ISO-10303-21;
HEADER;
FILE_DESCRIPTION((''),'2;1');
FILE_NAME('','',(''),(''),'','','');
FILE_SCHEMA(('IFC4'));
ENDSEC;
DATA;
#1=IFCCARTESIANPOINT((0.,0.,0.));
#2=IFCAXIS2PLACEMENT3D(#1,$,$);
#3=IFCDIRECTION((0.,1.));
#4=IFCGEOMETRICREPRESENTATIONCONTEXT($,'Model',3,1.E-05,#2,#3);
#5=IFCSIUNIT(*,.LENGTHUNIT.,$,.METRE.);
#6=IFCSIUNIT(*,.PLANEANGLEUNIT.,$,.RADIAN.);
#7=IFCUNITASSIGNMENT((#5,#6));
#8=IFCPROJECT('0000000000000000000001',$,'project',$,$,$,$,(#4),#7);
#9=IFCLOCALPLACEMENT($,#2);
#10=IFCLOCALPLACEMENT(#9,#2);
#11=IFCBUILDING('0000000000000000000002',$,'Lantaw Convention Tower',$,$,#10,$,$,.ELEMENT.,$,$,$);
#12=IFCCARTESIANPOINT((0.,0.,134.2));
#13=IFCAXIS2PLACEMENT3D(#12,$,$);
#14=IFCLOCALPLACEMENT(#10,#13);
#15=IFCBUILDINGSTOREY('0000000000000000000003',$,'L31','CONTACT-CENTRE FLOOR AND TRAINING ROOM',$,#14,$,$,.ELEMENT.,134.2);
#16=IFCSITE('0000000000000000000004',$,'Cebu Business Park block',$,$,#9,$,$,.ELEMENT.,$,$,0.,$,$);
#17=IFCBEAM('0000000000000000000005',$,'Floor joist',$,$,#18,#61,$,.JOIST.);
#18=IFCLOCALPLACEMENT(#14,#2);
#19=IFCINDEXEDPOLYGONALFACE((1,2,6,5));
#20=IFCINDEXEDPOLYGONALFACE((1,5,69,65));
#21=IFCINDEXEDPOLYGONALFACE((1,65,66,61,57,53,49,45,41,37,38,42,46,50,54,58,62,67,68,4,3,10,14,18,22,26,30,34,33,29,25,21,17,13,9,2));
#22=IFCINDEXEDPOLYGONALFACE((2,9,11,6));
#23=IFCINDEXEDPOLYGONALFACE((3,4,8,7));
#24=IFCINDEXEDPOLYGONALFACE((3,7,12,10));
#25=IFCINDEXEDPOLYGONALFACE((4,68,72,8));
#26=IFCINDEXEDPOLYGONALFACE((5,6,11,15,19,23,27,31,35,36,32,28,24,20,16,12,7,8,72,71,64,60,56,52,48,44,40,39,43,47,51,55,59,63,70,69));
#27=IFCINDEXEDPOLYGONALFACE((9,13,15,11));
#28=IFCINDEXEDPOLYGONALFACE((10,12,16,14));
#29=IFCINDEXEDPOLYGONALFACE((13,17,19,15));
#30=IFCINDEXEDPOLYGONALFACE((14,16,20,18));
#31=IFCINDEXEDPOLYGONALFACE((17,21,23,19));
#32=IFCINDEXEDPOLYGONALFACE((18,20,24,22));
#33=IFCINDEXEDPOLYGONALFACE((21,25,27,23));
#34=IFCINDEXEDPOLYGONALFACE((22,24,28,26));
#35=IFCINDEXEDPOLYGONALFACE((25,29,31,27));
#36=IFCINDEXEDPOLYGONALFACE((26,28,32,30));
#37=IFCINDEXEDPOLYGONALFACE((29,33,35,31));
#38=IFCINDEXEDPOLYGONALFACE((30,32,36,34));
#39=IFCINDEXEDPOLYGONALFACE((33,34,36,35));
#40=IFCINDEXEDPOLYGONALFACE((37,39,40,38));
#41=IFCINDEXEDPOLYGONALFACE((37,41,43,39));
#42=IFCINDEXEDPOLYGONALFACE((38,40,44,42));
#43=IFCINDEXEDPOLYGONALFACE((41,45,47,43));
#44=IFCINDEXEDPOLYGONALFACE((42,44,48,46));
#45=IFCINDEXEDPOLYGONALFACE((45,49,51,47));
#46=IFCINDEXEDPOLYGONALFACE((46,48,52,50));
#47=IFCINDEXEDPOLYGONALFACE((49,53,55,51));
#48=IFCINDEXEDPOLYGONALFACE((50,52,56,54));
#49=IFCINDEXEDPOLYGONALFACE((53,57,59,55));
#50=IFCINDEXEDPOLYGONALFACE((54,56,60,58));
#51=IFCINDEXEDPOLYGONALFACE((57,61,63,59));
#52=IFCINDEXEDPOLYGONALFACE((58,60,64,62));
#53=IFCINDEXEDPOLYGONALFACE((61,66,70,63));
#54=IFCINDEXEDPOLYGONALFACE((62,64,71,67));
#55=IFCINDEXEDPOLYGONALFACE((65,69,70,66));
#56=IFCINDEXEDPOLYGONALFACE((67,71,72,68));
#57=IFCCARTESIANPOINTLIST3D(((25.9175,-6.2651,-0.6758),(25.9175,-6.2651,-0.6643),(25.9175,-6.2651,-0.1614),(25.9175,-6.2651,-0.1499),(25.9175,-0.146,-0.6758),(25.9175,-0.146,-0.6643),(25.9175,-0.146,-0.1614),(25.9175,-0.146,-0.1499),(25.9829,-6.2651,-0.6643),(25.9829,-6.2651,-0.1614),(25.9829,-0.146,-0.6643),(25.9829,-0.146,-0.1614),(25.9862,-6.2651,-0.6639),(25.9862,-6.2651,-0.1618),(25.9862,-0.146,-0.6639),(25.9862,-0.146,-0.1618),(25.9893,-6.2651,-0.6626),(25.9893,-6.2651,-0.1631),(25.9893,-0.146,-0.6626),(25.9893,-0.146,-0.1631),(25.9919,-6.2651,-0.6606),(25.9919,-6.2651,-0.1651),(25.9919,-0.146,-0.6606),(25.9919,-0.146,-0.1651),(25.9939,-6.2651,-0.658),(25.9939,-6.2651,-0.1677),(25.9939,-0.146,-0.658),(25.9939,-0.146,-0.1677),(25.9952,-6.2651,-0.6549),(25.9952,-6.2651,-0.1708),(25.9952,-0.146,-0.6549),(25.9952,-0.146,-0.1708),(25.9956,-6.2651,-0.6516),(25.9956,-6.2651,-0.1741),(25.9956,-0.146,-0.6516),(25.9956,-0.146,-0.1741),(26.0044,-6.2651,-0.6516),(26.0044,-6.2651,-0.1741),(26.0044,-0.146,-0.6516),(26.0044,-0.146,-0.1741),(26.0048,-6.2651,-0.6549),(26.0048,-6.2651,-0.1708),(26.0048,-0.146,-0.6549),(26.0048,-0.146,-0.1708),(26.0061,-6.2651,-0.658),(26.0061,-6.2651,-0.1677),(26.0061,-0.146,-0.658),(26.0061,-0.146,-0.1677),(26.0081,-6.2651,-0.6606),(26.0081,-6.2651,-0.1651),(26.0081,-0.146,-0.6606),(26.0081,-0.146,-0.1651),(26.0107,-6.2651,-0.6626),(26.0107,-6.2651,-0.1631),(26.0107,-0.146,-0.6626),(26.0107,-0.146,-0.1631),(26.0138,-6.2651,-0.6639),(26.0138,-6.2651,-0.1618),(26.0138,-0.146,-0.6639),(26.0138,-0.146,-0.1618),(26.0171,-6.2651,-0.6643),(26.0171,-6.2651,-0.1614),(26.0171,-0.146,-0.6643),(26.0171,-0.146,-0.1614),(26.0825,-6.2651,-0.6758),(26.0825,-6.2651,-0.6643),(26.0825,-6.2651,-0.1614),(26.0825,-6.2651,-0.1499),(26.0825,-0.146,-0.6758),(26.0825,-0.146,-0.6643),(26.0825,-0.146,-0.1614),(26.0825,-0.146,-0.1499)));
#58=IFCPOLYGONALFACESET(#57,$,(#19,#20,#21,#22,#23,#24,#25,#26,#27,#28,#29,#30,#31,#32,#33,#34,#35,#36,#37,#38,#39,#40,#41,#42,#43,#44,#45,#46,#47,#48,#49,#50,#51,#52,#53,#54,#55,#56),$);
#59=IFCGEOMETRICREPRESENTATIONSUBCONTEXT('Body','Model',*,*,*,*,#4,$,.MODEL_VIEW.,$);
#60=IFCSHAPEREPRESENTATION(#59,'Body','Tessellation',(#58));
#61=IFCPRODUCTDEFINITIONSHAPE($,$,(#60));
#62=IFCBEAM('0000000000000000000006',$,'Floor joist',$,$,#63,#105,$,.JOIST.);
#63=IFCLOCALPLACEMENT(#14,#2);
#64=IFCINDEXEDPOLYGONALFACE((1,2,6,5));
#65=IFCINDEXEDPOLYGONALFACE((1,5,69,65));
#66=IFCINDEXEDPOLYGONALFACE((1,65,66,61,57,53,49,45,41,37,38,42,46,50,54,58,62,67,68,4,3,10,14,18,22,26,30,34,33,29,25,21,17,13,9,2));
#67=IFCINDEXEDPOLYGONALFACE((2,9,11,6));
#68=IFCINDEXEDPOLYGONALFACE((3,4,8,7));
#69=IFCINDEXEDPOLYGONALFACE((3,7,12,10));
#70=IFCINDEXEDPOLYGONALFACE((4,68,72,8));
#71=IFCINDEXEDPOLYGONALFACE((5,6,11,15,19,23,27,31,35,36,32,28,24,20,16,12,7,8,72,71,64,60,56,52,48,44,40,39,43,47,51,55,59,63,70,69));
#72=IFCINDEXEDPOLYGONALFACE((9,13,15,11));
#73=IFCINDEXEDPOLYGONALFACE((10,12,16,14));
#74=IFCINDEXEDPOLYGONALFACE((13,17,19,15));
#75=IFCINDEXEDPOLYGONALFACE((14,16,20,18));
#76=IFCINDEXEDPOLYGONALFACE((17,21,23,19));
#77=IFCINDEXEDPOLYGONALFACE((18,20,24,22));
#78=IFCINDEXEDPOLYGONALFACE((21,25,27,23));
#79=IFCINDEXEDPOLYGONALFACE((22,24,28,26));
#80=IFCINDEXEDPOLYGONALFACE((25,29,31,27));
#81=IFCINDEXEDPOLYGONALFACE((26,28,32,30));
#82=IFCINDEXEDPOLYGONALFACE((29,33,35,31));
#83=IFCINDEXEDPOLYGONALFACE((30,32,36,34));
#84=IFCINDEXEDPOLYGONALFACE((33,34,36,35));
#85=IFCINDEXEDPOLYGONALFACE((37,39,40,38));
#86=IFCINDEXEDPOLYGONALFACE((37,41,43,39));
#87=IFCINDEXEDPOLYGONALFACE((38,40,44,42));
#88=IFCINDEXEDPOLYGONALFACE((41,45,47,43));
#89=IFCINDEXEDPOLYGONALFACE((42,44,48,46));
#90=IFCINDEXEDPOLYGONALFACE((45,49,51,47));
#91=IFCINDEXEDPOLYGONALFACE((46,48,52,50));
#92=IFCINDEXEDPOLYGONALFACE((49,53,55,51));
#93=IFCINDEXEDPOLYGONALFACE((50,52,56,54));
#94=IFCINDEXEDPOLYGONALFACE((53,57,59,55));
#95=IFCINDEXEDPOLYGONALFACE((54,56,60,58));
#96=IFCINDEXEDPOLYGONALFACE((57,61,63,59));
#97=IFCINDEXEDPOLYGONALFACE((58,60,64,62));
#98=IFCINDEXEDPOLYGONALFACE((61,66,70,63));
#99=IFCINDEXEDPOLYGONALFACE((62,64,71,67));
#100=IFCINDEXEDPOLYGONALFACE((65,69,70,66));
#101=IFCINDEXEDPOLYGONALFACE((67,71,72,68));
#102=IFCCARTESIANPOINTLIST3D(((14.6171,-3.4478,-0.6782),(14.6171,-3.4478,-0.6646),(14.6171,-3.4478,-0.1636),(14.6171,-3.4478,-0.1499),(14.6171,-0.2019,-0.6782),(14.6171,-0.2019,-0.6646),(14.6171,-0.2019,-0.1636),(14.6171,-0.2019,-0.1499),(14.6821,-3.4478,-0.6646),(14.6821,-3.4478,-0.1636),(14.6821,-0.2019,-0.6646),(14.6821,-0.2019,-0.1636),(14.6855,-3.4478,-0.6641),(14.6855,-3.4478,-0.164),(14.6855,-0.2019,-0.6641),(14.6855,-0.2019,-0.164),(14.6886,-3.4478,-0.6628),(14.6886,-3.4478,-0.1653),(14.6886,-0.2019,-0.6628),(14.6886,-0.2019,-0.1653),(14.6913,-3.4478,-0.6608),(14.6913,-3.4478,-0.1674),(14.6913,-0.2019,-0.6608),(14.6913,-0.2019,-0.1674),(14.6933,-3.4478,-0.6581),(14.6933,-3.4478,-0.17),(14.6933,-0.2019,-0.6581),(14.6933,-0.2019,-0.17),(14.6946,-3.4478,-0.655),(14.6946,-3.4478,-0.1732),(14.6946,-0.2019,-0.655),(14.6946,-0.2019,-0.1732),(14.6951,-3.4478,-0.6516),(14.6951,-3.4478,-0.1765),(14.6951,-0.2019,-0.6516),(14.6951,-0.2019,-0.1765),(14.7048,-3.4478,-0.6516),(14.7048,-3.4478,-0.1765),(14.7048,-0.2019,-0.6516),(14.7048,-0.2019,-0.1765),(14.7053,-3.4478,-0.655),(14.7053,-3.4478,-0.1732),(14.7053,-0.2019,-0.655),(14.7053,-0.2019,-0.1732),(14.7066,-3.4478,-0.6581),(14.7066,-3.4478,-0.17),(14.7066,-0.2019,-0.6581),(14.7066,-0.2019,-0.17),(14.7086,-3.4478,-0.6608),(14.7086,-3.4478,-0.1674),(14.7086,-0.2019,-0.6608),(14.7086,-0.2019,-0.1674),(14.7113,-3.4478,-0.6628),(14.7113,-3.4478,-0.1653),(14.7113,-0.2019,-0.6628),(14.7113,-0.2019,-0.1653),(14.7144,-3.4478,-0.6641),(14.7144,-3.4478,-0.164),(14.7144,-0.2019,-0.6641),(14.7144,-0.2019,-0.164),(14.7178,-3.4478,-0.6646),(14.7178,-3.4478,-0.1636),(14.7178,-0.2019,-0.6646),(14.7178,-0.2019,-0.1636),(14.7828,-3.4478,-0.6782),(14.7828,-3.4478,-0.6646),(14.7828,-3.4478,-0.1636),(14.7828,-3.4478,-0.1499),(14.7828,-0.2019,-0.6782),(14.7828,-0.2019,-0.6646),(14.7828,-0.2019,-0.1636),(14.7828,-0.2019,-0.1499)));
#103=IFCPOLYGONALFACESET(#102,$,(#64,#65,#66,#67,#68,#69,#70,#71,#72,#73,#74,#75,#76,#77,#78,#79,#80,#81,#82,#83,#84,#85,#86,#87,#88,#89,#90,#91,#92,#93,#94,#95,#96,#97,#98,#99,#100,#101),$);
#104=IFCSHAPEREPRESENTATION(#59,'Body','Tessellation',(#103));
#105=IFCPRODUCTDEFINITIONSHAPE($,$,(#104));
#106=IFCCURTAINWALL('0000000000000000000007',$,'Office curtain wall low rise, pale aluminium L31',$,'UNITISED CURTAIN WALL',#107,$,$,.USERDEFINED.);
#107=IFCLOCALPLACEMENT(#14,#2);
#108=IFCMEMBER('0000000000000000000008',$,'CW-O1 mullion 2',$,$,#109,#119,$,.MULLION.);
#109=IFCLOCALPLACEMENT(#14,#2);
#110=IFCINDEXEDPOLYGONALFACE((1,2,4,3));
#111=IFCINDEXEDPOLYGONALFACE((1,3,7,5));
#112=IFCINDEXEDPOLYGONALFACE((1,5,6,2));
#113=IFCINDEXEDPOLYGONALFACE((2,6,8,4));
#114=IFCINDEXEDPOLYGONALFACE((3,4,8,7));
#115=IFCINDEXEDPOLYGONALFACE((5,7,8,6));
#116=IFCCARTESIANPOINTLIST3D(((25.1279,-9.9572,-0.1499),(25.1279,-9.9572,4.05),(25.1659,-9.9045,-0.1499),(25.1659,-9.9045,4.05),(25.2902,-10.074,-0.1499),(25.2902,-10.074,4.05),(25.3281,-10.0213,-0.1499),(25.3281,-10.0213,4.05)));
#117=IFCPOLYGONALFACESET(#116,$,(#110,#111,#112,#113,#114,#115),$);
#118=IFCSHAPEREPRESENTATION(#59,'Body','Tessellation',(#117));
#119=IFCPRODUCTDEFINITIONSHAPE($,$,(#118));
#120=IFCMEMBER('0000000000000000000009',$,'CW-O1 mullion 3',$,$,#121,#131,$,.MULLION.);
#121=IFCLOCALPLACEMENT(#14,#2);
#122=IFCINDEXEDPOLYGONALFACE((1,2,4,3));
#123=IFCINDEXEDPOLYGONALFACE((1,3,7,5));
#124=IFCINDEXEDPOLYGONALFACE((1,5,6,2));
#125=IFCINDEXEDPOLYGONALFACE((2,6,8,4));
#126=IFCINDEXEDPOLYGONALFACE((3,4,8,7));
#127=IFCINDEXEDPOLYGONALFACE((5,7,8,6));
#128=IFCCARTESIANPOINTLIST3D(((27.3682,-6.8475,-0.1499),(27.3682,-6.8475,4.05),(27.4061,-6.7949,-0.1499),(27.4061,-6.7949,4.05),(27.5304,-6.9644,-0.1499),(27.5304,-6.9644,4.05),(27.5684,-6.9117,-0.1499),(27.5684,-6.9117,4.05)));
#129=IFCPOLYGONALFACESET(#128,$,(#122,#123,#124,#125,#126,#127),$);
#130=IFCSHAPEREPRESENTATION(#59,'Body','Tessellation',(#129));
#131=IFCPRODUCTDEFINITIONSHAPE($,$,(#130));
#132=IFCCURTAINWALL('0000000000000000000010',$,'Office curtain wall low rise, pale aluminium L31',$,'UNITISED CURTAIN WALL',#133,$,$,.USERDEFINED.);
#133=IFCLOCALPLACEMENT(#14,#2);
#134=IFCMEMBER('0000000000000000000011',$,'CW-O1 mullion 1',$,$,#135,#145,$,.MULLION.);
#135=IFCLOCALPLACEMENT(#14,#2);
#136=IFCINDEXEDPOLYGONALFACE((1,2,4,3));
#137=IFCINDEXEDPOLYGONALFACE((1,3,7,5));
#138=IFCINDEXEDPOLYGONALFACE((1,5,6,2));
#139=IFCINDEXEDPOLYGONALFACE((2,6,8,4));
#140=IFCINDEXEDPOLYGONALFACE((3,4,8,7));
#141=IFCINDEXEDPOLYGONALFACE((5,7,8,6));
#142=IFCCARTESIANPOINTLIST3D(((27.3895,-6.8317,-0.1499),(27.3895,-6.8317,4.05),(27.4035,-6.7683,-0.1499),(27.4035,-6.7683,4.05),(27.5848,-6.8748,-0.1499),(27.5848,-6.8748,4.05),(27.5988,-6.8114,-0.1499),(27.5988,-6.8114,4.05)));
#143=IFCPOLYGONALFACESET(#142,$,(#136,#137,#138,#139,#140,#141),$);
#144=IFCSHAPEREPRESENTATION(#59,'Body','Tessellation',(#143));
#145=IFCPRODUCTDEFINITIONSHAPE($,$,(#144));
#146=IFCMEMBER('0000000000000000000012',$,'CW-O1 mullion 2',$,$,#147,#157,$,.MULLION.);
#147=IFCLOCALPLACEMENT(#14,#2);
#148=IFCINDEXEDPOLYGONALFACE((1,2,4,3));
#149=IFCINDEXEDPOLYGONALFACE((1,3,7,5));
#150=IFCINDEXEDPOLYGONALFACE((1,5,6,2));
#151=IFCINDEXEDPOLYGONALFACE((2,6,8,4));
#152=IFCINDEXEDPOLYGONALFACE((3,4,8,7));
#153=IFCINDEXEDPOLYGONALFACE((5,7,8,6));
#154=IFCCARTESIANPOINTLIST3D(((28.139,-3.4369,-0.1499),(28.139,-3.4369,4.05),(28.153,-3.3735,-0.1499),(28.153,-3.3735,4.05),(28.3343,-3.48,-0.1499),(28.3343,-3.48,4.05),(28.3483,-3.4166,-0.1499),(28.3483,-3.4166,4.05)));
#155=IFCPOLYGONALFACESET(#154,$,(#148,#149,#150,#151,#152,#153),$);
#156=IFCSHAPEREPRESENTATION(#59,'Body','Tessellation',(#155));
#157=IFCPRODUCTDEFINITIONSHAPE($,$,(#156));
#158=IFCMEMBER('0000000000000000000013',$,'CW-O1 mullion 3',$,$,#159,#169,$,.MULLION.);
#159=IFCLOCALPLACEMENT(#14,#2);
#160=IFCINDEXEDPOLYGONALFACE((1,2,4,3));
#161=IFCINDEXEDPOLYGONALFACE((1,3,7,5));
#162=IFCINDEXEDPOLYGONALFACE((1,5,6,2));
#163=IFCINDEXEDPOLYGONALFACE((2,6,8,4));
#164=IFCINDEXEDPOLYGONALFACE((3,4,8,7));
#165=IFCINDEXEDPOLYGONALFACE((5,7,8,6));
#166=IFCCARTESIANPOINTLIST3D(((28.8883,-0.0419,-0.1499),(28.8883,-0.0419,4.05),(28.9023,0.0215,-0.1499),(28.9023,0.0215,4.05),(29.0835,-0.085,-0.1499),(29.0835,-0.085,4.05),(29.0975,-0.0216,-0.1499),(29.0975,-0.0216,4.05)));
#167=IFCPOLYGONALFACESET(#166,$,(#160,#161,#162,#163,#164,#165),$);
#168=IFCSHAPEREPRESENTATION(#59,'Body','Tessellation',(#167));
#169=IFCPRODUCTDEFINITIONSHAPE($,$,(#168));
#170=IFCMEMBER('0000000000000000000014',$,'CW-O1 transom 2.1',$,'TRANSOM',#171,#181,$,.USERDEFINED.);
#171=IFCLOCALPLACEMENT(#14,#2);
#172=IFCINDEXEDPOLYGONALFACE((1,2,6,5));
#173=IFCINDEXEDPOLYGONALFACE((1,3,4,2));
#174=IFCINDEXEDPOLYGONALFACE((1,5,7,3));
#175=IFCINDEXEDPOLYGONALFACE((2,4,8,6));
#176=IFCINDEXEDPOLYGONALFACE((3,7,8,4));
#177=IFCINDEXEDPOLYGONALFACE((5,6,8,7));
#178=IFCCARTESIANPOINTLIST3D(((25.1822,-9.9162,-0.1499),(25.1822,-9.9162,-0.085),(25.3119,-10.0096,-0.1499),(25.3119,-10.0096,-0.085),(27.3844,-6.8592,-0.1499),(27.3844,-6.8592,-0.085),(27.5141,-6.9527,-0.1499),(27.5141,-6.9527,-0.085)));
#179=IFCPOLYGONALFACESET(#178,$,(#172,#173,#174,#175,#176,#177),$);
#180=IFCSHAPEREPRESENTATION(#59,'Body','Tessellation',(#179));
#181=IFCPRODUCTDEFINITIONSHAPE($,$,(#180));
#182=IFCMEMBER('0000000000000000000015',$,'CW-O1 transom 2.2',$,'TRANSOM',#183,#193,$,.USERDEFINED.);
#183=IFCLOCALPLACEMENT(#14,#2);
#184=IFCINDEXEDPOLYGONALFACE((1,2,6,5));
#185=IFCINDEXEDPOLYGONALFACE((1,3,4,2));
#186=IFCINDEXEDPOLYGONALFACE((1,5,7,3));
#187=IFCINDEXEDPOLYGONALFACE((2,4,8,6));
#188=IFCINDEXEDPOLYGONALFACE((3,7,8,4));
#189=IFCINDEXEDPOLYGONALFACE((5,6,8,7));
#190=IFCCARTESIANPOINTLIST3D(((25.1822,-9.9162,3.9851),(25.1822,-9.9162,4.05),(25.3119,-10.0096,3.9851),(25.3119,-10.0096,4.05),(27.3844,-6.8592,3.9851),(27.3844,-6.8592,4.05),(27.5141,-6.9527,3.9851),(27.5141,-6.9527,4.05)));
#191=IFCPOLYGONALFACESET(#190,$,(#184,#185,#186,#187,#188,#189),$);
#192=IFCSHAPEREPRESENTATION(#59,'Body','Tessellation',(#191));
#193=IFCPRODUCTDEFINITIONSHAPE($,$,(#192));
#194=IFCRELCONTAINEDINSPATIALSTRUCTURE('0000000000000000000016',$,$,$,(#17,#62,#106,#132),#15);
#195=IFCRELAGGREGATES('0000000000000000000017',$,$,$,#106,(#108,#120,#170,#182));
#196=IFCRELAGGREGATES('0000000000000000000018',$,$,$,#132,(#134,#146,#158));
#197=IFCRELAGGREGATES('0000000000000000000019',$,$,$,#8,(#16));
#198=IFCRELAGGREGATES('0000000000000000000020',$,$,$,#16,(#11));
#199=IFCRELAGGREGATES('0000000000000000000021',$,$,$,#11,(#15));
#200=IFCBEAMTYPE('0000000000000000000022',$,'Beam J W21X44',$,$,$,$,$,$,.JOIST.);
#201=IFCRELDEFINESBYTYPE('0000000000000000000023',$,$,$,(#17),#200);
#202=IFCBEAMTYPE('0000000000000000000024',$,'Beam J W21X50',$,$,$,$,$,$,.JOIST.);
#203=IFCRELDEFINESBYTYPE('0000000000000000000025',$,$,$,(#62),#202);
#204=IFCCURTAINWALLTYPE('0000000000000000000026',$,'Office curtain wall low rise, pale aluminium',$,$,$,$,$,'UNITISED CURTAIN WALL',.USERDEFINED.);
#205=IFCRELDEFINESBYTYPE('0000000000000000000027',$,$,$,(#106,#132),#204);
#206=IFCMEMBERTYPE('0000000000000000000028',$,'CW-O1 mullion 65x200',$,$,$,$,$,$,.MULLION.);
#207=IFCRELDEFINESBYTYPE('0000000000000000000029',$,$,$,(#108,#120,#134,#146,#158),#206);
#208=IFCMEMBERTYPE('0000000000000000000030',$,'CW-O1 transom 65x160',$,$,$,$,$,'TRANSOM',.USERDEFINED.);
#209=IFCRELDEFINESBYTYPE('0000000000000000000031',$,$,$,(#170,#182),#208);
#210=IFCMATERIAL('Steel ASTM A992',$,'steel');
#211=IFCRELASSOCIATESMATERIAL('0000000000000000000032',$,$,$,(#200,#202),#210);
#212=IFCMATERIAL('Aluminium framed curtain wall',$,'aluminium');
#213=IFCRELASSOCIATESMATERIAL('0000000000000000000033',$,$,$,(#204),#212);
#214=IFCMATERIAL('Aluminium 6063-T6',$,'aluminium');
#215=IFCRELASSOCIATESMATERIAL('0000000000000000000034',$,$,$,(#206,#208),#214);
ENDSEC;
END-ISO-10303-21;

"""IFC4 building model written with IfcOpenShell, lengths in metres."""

from ifc_helpers import new_model, si_unit, direction, frame, origin, origin_2d, place, context, subcontext, project, spatial, rectangle, i_section, extrude, material, material_profile, profile_set, type_object, element, aggregate, save


model = new_model("IFC4")

# Units and contexts
model_context = context("Model", 3, precision=1e-05, world=origin(), true_north=direction((0.0, 1.0)))
body_context = subcontext(model_context, "Body", "Model", "MODEL_VIEW")
ifc_project = project(units=[si_unit("LENGTHUNIT", "METRE"), si_unit("PLANEANGLEUNIT", "RADIAN")], contexts=[model_context])

# Site, building, storey
site_placement = place(None, origin())
site = spatial("IfcSite", under=ifc_project, at=site_placement, Name="Cebu Business Park block", CompositionType="ELEMENT", RefElevation=0.0)
building_placement = place(site_placement, origin())
building = spatial("IfcBuilding", under=site, at=building_placement, Name="Lantaw Convention Tower", CompositionType="ELEMENT")
storey_placement = place(building_placement, frame((0.0, 0.0, 134.2)))
storey = spatial("IfcBuildingStorey", under=building, at=storey_placement, Name="L31", Description="CONTACT-CENTRE FLOOR AND TRAINING ROOM", CompositionType="ELEMENT", Elevation=134.2)

# Beams
ifc_material_1 = material(Name="Steel ASTM A992", Category="steel")
ifc_material_profile_1 = material_profile(ifc_material_1, i_section(OverallWidth=0.165, OverallDepth=0.5259, WebThickness=0.0088, FlangeThickness=0.0115, FilletRadius=0.0127, at=origin_2d()), Name="W21X44")
ifc_profile_set_1 = profile_set([ifc_material_profile_1], Name="Steel ASTM A992")
beam_type_1 = type_object("IfcBeamType", Name="Beam J W21X44", PredefinedType="JOIST", material=ifc_profile_set_1)
beam_1_placement = place(storey_placement, frame((26.0, -6.2651, -0.4128), z_axis=(0.0, 1.0, 0.0), x_axis=(-1.0, 0.0, 0.0)))
element("IfcBeam", 1, at=beam_1_placement, inside=storey, type_object=beam_type_1, Name="Floor joist", PredefinedType="JOIST", context=body_context, shape_type="SweptSolid", body=[
    extrude(i_section(OverallWidth=0.165, OverallDepth=0.5259, WebThickness=0.0088, FlangeThickness=0.0115, FilletRadius=0.0127, at=origin_2d()), origin(), (0.0, 0.0, 1.0), 6.1191),
])
ifc_material_profile_2 = material_profile(ifc_material_1, i_section(OverallWidth=0.1658, OverallDepth=0.5283, WebThickness=0.0098, FlangeThickness=0.0137, FilletRadius=0.0129, at=origin_2d()), Name="W21X50")
ifc_profile_set_2 = profile_set([ifc_material_profile_2], Name="Steel ASTM A992")
beam_type_2 = type_object("IfcBeamType", Name="Beam J W21X50", PredefinedType="JOIST", material=ifc_profile_set_2)
beam_2_placement = place(storey_placement, frame((14.7, -3.4478, -0.4141), z_axis=(0.0, 1.0, 0.0), x_axis=(-1.0, 0.0, 0.0)))
element("IfcBeam", 2, at=beam_2_placement, inside=storey, type_object=beam_type_2, Name="Floor joist", PredefinedType="JOIST", context=body_context, shape_type="SweptSolid", body=[
    extrude(i_section(OverallWidth=0.1658, OverallDepth=0.5283, WebThickness=0.0098, FlangeThickness=0.0137, FilletRadius=0.0129, at=origin_2d()), origin(), (0.0, 0.0, 1.0), 3.2458),
])

# Curtain walls, members
ifc_material_2 = material(Name="Aluminium framed curtain wall", Category="aluminium")
curtain_wall_type = type_object("IfcCurtainWallType", Name="Office curtain wall low rise, pale aluminium", ElementType="UNITISED CURTAIN WALL", PredefinedType="USERDEFINED", material=ifc_material_2)
curtain_wall_1_placement = place(storey_placement, origin())
curtain_wall_1 = element("IfcCurtainWall", 3, at=curtain_wall_1_placement, inside=storey, type_object=curtain_wall_type, Name="Office curtain wall low rise, pale aluminium L31", ObjectType="UNITISED CURTAIN WALL", PredefinedType="USERDEFINED")
ifc_material_3 = material(Name="Aluminium 6063-T6", Category="aluminium")
ifc_material_profile_3 = material_profile(ifc_material_3, rectangle(XDim=0.2, YDim=0.0649, at=origin_2d()), Name="CW-O1 mullion 65x200")
ifc_profile_set_3 = profile_set([ifc_material_profile_3], Name="Aluminium 6063-T6")
member_type_1 = type_object("IfcMemberType", Name="CW-O1 mullion 65x200", PredefinedType="MULLION", material=ifc_profile_set_3)
member_1_placement = place(storey_placement, frame((25.228, -9.9893, -0.1499), z_axis=(0.0, 0.0, 1.0), x_axis=(-0.811385, 0.584513, 0.0)))
member_1 = element("IfcMember", 4, at=member_1_placement, type_object=member_type_1, Name="CW-O1 mullion 2", PredefinedType="MULLION", context=body_context, shape_type="SweptSolid", body=[
    extrude(rectangle(XDim=0.2, YDim=0.0649, at=origin_2d()), origin(), (0.0, 0.0, 1.0), 4.2),
])
member_2_placement = place(storey_placement, frame((27.4683, -6.8796, -0.1499), z_axis=(0.0, 0.0, 1.0), x_axis=(-0.811385, 0.584513, 0.0)))
member_2 = element("IfcMember", 5, at=member_2_placement, type_object=member_type_1, Name="CW-O1 mullion 3", PredefinedType="MULLION", context=body_context, shape_type="SweptSolid", body=[
    extrude(rectangle(XDim=0.2, YDim=0.0649, at=origin_2d()), origin(), (0.0, 0.0, 1.0), 4.2),
])
curtain_wall_2_placement = place(storey_placement, origin())
curtain_wall_2 = element("IfcCurtainWall", 6, at=curtain_wall_2_placement, inside=storey, type_object=curtain_wall_type, Name="Office curtain wall low rise, pale aluminium L31", ObjectType="UNITISED CURTAIN WALL", PredefinedType="USERDEFINED")
member_3_placement = place(storey_placement, frame((27.4941, -6.8215, -0.1499), z_axis=(0.0, 0.0, 1.0), x_axis=(-0.976494, 0.215546, 0.0)))
member_3 = element("IfcMember", 7, at=member_3_placement, type_object=member_type_1, Name="CW-O1 mullion 1", PredefinedType="MULLION", context=body_context, shape_type="SweptSolid", body=[
    extrude(rectangle(XDim=0.2, YDim=0.0649, at=origin_2d()), origin(), (0.0, 0.0, 1.0), 4.2),
])
member_4_placement = place(storey_placement, frame((28.2437, -3.4268, -0.1499), z_axis=(0.0, 0.0, 1.0), x_axis=(-0.976494, 0.215546, 0.0)))
member_4 = element("IfcMember", 8, at=member_4_placement, type_object=member_type_1, Name="CW-O1 mullion 2", PredefinedType="MULLION", context=body_context, shape_type="SweptSolid", body=[
    extrude(rectangle(XDim=0.2, YDim=0.0649, at=origin_2d()), origin(), (0.0, 0.0, 1.0), 4.2),
])
member_5_placement = place(storey_placement, frame((28.9929, -0.0317, -0.1499), z_axis=(0.0, 0.0, 1.0), x_axis=(-0.976494, 0.215546, 0.0)))
member_5 = element("IfcMember", 9, at=member_5_placement, type_object=member_type_1, Name="CW-O1 mullion 3", PredefinedType="MULLION", context=body_context, shape_type="SweptSolid", body=[
    extrude(rectangle(XDim=0.2, YDim=0.0649, at=origin_2d()), origin(), (0.0, 0.0, 1.0), 4.2),
])

# Members
ifc_material_profile_4 = material_profile(ifc_material_3, rectangle(XDim=0.1599, YDim=0.0649, at=origin_2d()), Name="CW-O1 transom 65x160")
ifc_profile_set_4 = profile_set([ifc_material_profile_4], Name="Aluminium 6063-T6")
member_type_2 = type_object("IfcMemberType", Name="CW-O1 transom 65x160", ElementType="TRANSOM", PredefinedType="USERDEFINED", material=ifc_profile_set_4)
member_6_placement = place(storey_placement, frame((25.2471, -9.9629, -0.1174), z_axis=(0.584513, 0.811384, 0.0), x_axis=(-0.811384, 0.584513, 0.0)))
member_6 = element("IfcMember", 10, at=member_6_placement, type_object=member_type_2, Name="CW-O1 transom 2.1", ObjectType="TRANSOM", PredefinedType="USERDEFINED", context=body_context, shape_type="SweptSolid", body=[
    extrude(rectangle(XDim=0.1599, YDim=0.0649, at=origin_2d()), origin(), (0.0, 0.0, 1.0), 3.7676),
])
member_7_placement = place(storey_placement, frame((25.2471, -9.9629, 4.0176), z_axis=(0.584513, 0.811384, 0.0), x_axis=(-0.811384, 0.584513, 0.0)))
member_7 = element("IfcMember", 11, at=member_7_placement, type_object=member_type_2, Name="CW-O1 transom 2.2", ObjectType="TRANSOM", PredefinedType="USERDEFINED", context=body_context, shape_type="SweptSolid", body=[
    extrude(rectangle(XDim=0.1599, YDim=0.0649, at=origin_2d()), origin(), (0.0, 0.0, 1.0), 3.7676),
])

aggregate(curtain_wall_1, [member_1, member_2, member_6, member_7])
aggregate(curtain_wall_2, [member_3, member_4, member_5])

save(model, "model.ifc")
